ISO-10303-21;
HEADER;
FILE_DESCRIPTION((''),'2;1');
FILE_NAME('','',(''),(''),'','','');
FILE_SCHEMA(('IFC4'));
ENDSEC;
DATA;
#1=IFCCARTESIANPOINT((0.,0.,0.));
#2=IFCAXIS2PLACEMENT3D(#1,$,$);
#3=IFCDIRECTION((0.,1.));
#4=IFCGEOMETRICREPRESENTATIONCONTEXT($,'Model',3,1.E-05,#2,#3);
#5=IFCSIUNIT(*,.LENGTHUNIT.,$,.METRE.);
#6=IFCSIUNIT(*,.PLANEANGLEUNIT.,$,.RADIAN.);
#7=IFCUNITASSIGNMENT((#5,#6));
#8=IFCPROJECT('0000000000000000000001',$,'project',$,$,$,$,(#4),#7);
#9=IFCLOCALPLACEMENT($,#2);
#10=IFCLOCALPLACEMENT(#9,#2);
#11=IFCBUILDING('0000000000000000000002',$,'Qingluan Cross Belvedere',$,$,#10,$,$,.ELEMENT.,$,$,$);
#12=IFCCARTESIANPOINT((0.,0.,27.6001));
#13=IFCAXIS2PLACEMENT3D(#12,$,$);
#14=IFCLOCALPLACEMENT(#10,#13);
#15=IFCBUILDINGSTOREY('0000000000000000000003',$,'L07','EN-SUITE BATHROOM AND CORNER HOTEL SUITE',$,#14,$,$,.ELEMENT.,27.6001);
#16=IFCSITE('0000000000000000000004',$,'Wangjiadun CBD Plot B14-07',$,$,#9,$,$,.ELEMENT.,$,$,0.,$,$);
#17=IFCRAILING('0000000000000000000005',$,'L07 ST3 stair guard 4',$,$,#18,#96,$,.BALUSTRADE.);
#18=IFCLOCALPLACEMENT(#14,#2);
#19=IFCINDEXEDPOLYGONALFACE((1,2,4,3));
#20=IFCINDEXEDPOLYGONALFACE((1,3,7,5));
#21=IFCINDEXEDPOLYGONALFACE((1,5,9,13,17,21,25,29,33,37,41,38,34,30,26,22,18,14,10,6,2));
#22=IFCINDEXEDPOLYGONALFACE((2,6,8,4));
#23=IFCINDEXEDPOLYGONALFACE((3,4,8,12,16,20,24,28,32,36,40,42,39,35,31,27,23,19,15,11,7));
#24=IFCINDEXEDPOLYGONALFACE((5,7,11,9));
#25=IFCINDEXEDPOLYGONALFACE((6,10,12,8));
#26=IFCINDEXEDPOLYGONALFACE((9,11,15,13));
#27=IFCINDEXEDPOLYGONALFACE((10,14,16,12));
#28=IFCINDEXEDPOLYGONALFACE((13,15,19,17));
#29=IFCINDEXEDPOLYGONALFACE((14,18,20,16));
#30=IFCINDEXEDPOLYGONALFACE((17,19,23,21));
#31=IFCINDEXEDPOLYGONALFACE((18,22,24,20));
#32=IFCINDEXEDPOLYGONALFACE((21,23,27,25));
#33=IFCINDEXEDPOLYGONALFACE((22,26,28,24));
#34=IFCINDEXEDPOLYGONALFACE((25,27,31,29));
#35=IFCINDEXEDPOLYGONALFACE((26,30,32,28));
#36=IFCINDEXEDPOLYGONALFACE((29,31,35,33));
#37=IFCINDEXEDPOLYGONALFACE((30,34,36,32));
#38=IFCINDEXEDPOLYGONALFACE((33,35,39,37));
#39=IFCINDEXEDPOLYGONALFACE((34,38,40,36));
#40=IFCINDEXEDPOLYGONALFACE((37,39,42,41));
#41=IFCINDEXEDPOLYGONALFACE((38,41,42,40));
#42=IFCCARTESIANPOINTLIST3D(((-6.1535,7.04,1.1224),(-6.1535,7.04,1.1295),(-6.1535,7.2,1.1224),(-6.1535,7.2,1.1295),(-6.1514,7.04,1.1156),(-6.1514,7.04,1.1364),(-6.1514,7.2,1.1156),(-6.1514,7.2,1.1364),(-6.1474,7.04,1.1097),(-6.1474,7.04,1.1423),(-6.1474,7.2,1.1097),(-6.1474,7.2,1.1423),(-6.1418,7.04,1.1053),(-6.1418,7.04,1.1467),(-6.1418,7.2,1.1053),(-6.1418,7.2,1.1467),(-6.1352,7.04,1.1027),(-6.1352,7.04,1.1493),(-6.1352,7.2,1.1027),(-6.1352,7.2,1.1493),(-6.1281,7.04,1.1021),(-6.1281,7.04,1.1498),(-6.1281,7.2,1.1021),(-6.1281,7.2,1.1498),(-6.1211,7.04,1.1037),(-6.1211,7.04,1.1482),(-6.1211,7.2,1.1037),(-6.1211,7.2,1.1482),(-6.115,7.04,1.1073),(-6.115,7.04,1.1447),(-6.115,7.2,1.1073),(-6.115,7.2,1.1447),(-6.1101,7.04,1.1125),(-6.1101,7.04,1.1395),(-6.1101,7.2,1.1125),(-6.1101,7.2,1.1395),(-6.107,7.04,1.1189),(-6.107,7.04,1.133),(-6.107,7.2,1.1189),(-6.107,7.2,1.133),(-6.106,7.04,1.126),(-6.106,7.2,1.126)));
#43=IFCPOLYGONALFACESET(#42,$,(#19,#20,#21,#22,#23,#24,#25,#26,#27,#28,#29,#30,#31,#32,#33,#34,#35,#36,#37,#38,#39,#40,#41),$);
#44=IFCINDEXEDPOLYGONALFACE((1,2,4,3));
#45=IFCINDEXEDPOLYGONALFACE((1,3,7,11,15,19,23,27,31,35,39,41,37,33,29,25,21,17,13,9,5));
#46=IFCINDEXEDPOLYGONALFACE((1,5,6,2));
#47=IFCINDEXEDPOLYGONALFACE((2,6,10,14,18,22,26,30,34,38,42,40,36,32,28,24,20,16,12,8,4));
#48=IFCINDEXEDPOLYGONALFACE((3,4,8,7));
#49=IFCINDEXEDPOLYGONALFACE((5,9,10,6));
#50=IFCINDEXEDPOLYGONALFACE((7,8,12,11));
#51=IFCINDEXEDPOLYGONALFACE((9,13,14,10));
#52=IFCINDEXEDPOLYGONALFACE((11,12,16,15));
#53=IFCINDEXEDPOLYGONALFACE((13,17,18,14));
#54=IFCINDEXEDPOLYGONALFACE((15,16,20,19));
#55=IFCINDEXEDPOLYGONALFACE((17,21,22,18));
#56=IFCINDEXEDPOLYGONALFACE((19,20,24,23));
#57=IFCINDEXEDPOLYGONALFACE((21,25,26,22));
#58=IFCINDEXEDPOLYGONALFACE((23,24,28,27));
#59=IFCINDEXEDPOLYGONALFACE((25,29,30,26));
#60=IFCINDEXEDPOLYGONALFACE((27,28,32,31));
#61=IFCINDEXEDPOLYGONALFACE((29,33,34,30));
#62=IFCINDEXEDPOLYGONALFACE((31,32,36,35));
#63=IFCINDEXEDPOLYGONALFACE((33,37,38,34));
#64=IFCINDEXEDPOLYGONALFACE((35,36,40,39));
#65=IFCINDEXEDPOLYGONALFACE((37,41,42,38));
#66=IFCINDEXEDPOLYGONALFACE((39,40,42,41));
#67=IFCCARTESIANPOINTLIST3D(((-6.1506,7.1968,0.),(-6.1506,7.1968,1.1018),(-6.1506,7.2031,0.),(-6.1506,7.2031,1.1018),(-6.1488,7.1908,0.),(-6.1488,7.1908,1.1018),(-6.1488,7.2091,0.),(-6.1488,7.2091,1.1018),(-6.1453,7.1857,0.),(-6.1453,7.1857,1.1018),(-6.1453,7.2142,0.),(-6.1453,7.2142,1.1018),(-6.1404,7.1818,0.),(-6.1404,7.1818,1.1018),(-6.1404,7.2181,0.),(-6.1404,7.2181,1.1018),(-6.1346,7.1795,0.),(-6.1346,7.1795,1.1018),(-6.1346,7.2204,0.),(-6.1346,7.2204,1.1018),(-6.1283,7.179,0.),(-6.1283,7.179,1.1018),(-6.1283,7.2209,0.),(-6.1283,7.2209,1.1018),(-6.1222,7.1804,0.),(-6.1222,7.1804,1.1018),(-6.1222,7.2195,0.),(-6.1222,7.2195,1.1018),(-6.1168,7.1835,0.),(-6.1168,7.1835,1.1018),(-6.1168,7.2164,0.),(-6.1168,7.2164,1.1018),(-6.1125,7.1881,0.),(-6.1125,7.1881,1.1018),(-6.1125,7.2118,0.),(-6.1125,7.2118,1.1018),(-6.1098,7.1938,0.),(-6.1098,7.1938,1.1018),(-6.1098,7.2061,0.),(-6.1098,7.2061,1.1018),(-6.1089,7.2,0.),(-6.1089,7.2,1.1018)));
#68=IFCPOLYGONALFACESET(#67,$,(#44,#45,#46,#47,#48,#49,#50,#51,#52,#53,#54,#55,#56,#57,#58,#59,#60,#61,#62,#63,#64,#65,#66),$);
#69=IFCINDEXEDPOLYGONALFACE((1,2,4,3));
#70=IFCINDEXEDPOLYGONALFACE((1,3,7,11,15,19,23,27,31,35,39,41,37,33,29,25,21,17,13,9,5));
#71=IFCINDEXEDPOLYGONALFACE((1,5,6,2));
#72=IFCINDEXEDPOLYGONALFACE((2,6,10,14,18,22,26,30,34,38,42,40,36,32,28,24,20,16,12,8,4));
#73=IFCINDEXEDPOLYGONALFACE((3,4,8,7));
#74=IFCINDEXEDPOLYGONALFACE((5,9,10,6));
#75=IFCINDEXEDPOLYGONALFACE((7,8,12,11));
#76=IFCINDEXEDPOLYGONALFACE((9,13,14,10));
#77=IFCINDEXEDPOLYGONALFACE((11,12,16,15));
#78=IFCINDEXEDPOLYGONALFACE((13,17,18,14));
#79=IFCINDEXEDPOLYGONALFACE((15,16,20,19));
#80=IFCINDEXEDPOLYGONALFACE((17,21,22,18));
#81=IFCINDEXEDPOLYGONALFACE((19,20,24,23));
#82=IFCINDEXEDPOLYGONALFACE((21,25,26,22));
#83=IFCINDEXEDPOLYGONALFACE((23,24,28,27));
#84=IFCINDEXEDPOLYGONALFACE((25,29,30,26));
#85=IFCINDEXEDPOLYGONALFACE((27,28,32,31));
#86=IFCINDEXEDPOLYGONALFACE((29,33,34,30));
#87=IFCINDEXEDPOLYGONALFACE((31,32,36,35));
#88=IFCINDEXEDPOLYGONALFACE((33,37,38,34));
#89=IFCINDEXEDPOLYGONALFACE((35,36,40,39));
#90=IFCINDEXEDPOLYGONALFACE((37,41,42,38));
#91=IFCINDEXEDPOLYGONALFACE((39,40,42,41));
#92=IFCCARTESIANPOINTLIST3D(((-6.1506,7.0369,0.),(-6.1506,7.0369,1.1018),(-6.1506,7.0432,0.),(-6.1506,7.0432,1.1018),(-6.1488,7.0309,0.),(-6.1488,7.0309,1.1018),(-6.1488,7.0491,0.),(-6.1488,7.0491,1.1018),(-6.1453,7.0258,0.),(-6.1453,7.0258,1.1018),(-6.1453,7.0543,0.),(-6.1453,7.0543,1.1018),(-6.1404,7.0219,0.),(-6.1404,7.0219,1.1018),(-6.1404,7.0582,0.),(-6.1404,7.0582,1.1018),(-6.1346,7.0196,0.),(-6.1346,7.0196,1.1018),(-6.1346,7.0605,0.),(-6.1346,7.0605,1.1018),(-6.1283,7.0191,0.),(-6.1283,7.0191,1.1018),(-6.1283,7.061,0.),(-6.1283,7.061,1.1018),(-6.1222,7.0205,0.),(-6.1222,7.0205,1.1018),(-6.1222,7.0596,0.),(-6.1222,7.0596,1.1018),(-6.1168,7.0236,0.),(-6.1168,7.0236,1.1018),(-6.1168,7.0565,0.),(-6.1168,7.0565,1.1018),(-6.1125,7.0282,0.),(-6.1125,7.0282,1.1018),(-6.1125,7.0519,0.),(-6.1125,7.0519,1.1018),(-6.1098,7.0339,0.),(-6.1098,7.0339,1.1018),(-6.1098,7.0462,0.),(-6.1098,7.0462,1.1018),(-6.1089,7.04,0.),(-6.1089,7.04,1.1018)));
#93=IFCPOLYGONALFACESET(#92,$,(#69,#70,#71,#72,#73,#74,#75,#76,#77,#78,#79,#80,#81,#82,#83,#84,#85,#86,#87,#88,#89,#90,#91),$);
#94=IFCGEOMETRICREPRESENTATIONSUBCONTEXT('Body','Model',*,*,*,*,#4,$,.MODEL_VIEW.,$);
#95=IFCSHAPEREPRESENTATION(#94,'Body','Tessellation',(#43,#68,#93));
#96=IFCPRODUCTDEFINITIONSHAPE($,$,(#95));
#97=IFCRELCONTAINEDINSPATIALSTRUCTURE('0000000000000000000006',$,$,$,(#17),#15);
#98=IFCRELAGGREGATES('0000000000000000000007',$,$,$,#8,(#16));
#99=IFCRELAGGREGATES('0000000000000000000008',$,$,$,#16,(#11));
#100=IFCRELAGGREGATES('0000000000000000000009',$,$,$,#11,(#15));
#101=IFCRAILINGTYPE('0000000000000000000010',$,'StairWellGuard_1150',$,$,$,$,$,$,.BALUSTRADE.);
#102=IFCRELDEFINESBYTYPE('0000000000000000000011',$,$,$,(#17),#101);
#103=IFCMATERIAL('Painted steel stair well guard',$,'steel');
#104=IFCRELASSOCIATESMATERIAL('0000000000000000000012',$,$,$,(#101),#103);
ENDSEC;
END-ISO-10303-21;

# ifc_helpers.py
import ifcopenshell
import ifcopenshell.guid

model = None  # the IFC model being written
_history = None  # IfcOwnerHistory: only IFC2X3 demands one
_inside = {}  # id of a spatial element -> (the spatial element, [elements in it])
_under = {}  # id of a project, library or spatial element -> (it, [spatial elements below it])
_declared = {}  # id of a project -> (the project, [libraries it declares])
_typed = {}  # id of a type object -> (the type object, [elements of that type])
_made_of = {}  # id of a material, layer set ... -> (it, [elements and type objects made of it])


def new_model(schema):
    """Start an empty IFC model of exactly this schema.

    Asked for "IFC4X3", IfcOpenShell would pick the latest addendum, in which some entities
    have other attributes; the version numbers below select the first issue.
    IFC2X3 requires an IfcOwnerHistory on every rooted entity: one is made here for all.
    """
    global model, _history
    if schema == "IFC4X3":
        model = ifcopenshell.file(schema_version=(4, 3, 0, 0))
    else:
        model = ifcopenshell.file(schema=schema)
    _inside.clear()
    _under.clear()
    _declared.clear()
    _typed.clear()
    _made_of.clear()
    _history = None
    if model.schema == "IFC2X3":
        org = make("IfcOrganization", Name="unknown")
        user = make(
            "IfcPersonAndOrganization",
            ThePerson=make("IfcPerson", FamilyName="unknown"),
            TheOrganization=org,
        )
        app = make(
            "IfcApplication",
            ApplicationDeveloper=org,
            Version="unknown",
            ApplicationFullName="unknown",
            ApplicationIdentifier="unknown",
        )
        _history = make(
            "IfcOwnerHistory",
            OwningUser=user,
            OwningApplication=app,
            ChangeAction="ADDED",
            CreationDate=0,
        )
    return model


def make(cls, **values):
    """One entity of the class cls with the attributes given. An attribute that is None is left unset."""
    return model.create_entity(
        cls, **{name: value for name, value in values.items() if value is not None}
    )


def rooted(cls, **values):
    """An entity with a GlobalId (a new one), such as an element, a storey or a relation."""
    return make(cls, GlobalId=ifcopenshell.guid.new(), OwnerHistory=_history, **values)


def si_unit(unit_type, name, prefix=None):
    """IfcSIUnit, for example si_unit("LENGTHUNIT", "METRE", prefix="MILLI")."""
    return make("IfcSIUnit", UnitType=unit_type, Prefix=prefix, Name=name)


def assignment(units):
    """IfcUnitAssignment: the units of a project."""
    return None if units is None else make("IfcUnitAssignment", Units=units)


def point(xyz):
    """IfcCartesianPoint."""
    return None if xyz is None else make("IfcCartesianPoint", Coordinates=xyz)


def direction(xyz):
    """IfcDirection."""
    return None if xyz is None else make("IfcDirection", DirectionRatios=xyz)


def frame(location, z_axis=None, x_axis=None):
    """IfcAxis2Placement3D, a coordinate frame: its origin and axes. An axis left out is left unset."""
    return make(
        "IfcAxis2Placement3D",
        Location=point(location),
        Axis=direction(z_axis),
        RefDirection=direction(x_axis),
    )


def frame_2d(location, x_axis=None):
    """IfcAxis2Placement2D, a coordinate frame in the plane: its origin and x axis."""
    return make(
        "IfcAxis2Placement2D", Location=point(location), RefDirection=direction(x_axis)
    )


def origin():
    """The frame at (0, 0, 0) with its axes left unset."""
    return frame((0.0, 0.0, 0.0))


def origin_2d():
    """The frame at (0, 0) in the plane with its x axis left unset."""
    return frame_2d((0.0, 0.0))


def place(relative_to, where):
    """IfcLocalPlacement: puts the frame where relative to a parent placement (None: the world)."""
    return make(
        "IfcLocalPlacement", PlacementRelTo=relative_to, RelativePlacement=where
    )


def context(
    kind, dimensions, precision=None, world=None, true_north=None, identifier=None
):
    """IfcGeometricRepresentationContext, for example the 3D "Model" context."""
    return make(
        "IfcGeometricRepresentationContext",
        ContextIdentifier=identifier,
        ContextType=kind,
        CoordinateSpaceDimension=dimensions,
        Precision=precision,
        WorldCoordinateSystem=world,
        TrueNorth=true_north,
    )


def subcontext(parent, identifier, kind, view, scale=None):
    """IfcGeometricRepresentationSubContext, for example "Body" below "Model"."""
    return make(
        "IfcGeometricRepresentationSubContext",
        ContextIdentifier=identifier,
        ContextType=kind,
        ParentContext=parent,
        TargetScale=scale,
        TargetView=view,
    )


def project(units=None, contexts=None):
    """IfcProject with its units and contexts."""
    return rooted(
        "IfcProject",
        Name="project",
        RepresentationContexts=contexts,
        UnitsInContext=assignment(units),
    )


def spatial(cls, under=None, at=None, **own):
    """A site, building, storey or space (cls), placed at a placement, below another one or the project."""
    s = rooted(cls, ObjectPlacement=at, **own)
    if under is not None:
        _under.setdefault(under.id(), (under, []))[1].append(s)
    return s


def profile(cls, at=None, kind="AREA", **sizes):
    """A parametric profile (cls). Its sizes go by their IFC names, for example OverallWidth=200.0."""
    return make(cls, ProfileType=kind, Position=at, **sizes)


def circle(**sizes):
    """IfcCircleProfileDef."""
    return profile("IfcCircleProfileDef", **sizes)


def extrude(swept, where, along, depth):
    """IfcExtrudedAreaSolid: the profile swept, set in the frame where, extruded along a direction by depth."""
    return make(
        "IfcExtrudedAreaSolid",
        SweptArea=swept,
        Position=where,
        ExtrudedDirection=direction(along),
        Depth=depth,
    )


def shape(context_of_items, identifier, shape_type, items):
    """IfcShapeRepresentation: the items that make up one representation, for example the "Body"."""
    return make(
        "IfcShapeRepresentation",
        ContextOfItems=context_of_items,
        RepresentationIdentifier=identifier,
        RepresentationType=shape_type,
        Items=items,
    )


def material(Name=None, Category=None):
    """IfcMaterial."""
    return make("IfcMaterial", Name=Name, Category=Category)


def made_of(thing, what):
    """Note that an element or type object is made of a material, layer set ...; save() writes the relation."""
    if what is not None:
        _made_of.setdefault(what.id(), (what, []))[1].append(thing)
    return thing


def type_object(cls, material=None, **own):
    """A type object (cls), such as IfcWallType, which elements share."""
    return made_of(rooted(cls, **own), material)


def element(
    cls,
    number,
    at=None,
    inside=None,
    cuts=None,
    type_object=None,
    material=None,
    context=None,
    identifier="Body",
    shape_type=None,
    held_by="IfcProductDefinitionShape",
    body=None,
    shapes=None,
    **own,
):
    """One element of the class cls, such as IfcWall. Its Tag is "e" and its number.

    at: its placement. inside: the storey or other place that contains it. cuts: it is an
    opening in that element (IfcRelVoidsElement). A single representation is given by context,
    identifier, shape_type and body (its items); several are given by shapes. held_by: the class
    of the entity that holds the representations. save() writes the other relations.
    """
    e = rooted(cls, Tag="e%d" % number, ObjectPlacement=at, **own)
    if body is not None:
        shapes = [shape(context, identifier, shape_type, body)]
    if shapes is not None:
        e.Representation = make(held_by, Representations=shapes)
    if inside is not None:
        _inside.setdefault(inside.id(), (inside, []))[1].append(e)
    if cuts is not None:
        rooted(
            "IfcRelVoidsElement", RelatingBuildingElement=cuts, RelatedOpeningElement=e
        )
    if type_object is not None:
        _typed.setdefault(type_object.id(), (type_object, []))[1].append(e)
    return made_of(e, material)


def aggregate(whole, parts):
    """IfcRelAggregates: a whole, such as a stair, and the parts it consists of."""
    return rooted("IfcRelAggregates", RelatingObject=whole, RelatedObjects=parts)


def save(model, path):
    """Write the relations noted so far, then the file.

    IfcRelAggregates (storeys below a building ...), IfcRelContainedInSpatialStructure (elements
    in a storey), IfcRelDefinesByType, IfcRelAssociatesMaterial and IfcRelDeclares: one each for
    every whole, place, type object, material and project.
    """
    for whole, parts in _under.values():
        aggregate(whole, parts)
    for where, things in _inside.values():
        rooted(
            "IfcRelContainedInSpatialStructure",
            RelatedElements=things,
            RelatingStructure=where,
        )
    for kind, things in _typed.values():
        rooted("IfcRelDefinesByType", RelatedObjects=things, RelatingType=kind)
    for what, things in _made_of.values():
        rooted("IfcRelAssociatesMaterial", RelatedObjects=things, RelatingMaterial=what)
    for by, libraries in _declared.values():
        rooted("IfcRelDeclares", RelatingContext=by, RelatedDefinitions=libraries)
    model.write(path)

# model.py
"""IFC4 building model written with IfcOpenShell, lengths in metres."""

from ifc_helpers import new_model, si_unit, direction, frame, origin, origin_2d, place, context, subcontext, project, spatial, circle, extrude, material, type_object, element, save


model = new_model("IFC4")

# Units and contexts
model_context = context("Model", 3, precision=1e-05, world=origin(), true_north=direction((0.0, 1.0)))
body_context = subcontext(model_context, "Body", "Model", "MODEL_VIEW")
ifc_project = project(units=[si_unit("LENGTHUNIT", "METRE"), si_unit("PLANEANGLEUNIT", "RADIAN")], contexts=[model_context])

# Site, building, storey
site_placement = place(None, origin())
site = spatial("IfcSite", under=ifc_project, at=site_placement, Name="Wangjiadun CBD Plot B14-07", CompositionType="ELEMENT", RefElevation=0.0)
building_placement = place(site_placement, origin())
building = spatial("IfcBuilding", under=site, at=building_placement, Name="Qingluan Cross Belvedere", CompositionType="ELEMENT")
storey_placement = place(building_placement, frame((0.0, 0.0, 27.6001)))
storey = spatial("IfcBuildingStorey", under=building, at=storey_placement, Name="L07", Description="EN-SUITE BATHROOM AND CORNER HOTEL SUITE", CompositionType="ELEMENT", Elevation=27.6001)

# Railing
ifc_material_1 = material(Name="Painted steel stair well guard", Category="steel")
railing_type_1 = type_object("IfcRailingType", Name="StairWellGuard_1150", PredefinedType="BALUSTRADE", material=ifc_material_1)
railing_1_placement = place(storey_placement, frame((-6.1299, 7.2, 0.0)))
element("IfcRailing", 1, at=railing_1_placement, inside=storey, type_object=railing_type_1, Name="L07 ST3 stair guard 4", PredefinedType="BALUSTRADE", context=body_context, shape_type="SweptSolid", body=[
    extrude(circle(Radius=0.0239, at=origin_2d()), frame((0.0, 0.0, 1.126), z_axis=(0.0, -1.0, 0.0), x_axis=(1.0, 0.0, 0.0)), (0.0, 0.0, 1.0), 0.1599),
    extrude(circle(Radius=0.021, at=origin_2d()), origin(), (0.0, 0.0, 1.0), 1.1018),
    extrude(circle(Radius=0.021, at=origin_2d()), frame((0.0, -0.1599, 0.0)), (0.0, 0.0, 1.0), 1.1018),
])

save(model, "model.ifc")
